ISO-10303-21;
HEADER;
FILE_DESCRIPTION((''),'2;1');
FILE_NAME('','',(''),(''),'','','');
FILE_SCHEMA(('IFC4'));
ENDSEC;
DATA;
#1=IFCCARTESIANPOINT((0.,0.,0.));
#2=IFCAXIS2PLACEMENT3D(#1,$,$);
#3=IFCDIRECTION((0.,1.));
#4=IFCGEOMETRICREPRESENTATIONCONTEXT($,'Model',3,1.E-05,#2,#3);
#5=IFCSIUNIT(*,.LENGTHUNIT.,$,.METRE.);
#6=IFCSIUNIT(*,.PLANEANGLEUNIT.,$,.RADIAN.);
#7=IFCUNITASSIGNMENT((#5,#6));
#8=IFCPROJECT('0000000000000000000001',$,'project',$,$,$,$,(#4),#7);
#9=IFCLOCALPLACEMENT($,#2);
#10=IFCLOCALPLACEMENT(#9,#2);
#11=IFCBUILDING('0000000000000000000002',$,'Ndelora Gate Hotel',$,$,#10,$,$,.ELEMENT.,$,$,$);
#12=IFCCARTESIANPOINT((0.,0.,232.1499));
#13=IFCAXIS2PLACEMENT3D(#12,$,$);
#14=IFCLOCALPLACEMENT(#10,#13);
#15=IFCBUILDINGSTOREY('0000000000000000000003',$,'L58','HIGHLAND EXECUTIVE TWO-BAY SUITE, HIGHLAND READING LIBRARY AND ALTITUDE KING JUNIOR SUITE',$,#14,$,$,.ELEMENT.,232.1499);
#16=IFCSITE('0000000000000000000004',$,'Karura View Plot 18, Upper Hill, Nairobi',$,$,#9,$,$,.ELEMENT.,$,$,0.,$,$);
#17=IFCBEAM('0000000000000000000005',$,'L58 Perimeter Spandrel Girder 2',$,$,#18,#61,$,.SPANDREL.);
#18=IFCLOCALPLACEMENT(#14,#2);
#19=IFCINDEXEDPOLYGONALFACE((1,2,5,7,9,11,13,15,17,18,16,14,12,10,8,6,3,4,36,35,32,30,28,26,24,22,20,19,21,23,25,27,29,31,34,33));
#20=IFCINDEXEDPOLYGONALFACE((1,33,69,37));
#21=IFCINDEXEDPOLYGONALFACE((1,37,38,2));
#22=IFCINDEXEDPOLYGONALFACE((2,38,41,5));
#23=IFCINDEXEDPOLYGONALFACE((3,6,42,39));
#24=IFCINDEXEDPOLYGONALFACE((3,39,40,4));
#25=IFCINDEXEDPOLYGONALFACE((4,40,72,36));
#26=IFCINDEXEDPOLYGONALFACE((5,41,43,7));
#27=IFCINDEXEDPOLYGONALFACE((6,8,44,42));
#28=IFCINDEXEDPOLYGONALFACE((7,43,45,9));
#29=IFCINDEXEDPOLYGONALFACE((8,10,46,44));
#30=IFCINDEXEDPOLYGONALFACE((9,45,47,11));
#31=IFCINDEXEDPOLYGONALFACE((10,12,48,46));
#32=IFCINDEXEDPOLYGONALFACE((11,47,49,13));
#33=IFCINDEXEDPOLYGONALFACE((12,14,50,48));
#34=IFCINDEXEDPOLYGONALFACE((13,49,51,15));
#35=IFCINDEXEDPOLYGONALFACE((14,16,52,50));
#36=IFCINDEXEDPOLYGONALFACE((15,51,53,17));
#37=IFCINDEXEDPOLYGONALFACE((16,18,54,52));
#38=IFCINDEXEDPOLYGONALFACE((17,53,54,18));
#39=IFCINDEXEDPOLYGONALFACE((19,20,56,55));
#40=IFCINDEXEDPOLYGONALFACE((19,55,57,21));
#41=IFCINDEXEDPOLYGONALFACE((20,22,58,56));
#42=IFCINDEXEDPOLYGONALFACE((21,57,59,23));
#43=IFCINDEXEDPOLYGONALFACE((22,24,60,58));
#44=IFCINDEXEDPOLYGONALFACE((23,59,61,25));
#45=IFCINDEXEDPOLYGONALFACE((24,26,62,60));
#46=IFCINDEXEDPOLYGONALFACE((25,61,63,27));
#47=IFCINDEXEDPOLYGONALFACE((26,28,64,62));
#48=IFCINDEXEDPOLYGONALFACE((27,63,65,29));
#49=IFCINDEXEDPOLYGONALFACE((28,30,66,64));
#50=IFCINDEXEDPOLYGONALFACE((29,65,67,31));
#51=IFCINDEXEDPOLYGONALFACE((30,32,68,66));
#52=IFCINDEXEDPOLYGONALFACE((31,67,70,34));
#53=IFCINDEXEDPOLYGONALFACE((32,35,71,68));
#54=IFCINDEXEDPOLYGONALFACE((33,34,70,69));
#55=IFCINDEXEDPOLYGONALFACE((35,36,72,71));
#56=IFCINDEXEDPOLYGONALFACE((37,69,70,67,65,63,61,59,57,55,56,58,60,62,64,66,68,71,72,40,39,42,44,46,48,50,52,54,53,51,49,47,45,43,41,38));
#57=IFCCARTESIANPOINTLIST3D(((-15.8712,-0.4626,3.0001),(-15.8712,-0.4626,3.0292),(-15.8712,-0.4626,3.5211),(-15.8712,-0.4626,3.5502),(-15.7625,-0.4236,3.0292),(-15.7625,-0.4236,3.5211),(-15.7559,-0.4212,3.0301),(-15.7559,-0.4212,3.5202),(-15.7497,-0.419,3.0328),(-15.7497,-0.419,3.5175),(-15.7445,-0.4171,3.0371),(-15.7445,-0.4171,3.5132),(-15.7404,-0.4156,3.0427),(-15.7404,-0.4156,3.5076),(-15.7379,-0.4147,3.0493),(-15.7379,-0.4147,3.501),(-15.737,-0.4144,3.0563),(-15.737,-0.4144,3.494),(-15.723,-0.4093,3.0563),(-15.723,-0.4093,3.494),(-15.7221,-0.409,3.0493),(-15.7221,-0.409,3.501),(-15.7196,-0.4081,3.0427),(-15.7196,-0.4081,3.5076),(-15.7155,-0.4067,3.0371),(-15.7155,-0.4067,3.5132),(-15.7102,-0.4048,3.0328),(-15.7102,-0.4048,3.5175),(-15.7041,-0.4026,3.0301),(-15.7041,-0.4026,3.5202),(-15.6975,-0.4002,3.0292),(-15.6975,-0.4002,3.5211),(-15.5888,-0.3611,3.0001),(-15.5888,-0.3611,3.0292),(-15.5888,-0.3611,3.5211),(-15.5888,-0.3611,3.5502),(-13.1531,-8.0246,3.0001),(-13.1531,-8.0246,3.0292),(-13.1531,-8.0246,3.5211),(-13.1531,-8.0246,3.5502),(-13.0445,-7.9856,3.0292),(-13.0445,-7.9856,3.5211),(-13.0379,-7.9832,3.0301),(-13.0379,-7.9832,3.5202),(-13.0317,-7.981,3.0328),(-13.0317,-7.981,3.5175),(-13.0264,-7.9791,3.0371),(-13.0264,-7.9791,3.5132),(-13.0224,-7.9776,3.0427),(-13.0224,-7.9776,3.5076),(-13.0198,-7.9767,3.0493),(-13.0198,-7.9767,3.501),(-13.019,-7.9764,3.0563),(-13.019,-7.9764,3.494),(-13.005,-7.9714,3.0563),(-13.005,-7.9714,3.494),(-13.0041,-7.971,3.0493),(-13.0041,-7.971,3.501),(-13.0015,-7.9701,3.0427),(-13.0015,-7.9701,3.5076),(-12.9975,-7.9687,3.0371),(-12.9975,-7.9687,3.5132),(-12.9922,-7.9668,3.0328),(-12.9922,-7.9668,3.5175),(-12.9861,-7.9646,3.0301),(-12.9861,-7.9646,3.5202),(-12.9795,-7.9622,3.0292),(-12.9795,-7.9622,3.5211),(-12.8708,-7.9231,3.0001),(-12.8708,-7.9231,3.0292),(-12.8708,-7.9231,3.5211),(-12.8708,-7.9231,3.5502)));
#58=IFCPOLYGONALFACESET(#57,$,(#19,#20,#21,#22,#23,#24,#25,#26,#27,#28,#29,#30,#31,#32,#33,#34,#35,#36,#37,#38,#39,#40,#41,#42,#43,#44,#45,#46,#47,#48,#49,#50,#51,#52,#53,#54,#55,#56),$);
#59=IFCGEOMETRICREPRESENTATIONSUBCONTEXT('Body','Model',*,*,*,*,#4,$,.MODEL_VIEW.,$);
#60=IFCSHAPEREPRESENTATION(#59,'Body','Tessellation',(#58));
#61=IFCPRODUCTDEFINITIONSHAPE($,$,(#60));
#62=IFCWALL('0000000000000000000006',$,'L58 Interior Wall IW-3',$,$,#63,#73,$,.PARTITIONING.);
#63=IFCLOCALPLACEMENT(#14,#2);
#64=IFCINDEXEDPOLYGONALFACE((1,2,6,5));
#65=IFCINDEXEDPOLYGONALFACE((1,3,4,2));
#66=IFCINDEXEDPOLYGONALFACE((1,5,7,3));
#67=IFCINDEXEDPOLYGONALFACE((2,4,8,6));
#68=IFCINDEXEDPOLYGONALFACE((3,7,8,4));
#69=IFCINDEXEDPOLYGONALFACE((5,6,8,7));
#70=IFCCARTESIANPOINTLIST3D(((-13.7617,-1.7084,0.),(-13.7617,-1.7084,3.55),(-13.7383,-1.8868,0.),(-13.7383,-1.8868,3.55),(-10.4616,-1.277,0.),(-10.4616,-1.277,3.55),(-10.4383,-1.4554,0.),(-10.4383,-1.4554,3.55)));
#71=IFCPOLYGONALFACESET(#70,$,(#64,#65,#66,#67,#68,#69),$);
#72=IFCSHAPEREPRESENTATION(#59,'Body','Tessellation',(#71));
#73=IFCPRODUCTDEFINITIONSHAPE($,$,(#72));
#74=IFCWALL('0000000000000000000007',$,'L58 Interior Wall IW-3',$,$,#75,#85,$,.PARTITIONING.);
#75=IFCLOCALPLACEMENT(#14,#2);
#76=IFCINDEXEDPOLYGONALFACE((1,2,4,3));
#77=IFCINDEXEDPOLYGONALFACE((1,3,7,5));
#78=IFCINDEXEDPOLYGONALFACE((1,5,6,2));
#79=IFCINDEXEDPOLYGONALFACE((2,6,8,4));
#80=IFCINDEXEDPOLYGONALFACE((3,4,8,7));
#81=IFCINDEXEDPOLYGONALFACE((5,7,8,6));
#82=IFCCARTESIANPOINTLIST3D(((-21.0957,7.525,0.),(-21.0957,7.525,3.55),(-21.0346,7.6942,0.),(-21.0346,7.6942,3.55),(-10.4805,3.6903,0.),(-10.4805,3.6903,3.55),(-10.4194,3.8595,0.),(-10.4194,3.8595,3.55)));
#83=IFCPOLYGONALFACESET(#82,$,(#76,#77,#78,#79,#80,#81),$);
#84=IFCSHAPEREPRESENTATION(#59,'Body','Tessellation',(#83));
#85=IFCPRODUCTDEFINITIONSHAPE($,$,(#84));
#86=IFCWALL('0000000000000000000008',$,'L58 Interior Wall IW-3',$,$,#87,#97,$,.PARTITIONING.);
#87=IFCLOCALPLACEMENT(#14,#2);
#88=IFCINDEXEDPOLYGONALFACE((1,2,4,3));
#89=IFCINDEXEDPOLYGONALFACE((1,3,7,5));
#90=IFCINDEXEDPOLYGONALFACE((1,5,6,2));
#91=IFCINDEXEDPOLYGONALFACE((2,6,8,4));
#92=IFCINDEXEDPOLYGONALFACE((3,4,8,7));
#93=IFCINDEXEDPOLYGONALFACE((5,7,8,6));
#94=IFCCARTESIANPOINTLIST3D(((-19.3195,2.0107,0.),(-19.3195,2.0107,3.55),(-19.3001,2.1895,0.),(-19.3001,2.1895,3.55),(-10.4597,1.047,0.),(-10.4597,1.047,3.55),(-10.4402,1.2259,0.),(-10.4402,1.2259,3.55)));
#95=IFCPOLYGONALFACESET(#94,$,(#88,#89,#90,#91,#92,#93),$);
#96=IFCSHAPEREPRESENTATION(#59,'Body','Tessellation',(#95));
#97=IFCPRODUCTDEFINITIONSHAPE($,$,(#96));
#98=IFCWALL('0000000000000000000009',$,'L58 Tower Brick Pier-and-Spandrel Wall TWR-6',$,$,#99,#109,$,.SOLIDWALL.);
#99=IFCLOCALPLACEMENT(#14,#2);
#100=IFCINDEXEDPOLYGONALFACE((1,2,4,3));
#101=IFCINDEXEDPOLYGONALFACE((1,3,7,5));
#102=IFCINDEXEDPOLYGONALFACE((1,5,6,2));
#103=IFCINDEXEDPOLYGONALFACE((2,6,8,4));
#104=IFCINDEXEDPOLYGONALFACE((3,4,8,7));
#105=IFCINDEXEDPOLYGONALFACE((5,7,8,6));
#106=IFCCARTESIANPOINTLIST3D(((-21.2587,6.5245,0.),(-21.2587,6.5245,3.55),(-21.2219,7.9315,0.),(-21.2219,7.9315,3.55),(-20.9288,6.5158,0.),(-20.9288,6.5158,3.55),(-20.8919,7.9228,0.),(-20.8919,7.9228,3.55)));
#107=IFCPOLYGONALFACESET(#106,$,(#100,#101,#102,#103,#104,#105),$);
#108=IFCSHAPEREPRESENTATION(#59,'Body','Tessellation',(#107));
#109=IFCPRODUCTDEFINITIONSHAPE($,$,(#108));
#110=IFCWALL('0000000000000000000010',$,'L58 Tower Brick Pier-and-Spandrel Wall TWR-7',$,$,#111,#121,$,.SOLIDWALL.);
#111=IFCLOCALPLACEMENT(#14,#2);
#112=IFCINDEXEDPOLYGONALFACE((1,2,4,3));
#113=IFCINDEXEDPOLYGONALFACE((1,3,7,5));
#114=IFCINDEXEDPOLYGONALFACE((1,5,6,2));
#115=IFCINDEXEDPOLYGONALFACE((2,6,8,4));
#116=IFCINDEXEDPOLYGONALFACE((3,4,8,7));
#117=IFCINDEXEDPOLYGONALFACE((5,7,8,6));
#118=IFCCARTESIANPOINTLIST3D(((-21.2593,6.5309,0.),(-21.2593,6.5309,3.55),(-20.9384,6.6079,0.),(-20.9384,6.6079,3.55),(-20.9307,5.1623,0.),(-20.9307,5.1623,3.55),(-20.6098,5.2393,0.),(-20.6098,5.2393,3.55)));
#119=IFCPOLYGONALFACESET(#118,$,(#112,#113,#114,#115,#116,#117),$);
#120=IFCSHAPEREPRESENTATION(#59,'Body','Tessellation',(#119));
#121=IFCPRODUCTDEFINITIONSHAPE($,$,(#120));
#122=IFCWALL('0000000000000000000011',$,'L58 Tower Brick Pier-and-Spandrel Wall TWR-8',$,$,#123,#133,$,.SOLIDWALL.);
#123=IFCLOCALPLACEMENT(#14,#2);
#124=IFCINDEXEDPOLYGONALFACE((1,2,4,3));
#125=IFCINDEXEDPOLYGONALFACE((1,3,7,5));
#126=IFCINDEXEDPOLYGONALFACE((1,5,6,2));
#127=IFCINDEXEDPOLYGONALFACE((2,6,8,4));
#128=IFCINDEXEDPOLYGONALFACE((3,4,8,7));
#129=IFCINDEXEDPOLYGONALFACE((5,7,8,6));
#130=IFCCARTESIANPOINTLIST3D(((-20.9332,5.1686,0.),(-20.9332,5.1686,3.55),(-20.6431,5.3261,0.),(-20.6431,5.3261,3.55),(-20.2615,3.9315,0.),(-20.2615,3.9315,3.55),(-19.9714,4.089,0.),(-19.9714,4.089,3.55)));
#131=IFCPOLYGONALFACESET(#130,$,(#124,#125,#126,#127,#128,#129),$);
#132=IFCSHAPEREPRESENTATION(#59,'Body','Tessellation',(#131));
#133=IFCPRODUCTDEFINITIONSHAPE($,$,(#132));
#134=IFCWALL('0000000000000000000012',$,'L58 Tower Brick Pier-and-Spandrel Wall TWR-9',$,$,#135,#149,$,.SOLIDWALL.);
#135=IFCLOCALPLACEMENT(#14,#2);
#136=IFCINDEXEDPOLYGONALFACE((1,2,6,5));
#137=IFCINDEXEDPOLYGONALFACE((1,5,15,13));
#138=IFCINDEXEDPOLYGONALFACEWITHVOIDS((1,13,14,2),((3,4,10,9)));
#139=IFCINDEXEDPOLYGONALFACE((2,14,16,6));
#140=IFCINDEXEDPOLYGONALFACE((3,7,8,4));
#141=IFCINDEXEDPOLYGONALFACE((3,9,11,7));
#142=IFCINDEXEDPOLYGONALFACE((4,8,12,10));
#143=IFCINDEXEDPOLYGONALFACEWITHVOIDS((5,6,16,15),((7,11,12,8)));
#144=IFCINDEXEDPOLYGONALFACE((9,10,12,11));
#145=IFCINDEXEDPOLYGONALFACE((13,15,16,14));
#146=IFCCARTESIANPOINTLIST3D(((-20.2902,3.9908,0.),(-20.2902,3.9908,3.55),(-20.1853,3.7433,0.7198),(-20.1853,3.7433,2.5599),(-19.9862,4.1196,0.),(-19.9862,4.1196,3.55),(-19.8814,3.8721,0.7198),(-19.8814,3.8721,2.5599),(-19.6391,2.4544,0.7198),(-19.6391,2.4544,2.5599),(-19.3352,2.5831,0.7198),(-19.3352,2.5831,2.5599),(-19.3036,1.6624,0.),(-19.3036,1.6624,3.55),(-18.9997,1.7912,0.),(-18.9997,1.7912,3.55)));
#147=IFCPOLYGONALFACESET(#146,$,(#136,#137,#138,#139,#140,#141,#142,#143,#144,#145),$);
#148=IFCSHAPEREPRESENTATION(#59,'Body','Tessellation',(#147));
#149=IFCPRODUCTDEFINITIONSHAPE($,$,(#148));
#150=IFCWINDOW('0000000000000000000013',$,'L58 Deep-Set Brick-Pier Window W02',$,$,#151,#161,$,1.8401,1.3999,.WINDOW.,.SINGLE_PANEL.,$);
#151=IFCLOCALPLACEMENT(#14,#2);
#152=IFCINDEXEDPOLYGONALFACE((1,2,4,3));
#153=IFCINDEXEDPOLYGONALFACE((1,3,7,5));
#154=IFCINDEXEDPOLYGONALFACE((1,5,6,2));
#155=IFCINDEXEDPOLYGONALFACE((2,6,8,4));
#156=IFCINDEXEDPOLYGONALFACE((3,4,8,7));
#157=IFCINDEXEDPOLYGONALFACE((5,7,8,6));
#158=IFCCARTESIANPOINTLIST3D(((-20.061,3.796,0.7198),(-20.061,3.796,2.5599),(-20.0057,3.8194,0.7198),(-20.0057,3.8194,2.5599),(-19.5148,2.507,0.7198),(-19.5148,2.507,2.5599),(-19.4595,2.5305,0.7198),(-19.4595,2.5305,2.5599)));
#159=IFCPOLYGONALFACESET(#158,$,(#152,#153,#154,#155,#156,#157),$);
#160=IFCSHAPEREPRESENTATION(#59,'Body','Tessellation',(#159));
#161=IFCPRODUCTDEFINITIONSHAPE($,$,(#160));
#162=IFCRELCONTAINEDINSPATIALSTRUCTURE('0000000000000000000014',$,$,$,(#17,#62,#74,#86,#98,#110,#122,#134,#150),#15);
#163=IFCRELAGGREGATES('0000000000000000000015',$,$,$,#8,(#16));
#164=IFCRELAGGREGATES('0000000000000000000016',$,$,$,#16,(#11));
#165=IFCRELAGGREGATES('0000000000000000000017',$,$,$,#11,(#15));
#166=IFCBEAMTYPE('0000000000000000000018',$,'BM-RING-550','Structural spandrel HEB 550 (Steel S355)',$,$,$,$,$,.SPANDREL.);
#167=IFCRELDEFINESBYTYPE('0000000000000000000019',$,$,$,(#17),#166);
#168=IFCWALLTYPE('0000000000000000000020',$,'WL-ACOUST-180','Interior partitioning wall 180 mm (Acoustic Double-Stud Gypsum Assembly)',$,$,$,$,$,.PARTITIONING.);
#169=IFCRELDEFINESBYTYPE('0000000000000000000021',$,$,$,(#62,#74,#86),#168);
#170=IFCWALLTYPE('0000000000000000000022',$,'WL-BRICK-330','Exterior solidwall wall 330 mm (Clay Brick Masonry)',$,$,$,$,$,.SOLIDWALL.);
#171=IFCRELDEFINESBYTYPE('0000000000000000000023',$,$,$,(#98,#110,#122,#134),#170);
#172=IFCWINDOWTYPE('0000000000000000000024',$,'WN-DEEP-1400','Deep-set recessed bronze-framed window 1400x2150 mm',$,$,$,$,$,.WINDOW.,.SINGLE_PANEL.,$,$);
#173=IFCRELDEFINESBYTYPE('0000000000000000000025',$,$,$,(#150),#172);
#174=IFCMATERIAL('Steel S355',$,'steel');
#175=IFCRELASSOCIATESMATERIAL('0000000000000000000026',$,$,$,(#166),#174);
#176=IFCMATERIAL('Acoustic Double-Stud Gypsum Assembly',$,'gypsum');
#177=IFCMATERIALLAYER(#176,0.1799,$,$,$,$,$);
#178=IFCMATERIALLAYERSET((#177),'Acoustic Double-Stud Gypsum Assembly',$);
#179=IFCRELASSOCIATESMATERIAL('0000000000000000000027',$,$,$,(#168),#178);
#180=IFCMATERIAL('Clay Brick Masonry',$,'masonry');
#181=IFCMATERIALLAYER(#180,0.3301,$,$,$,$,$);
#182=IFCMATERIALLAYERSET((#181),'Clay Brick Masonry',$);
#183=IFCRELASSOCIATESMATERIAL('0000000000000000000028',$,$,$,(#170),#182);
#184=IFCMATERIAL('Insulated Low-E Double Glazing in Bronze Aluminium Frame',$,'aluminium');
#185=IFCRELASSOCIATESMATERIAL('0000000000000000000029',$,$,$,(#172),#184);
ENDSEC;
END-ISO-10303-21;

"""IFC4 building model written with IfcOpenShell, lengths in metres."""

from ifc_helpers import new_model, si_unit, direction, frame, frame_2d, origin, origin_2d, place, context, subcontext, project, spatial, rectangle, i_section, extrude, material, layer, layer_set, material_profile, profile_set, type_object, element, fill, save


model = new_model("IFC4")

# Units and contexts
model_context = context("Model", 3, precision=1e-05, world=origin(), true_north=direction((0.0, 1.0)))
body_context = subcontext(model_context, "Body", "Model", "MODEL_VIEW")
ifc_project = project(units=[si_unit("LENGTHUNIT", "METRE"), si_unit("PLANEANGLEUNIT", "RADIAN")], contexts=[model_context])

# Site, building, storey
site_placement = place(None, origin())
site = spatial("IfcSite", under=ifc_project, at=site_placement, Name="Karura View Plot 18, Upper Hill, Nairobi", CompositionType="ELEMENT", RefElevation=0.0)
building_placement = place(site_placement, origin())
building = spatial("IfcBuilding", under=site, at=building_placement, Name="Ndelora Gate Hotel", CompositionType="ELEMENT")
storey_placement = place(building_placement, frame((0.0, 0.0, 232.1499)))
storey = spatial("IfcBuildingStorey", under=building, at=storey_placement, Name="L58", Description="HIGHLAND EXECUTIVE TWO-BAY SUITE, HIGHLAND READING LIBRARY AND ALTITUDE KING JUNIOR SUITE", CompositionType="ELEMENT", Elevation=232.1499)

# Beam
ifc_material_1 = material(Name="Steel S355", Category="steel")
ifc_material_profile_1 = material_profile(ifc_material_1, i_section(OverallWidth=0.3, OverallDepth=0.55, WebThickness=0.0149, FlangeThickness=0.0291, FilletRadius=0.0271, at=origin_2d()), Name="HEB 550")
ifc_profile_set_1 = profile_set([ifc_material_profile_1], Name="Steel S355")
beam_type_1 = type_object("IfcBeamType", Name="BM-RING-550", Description="Structural spandrel HEB 550 (Steel S355)", PredefinedType="SPANDREL", material=ifc_profile_set_1)
beam_1_placement = place(storey_placement, frame((-15.73, -0.4119, 3.2751), z_axis=(0.338245, -0.941058, 0.0), x_axis=(0.941058, 0.338245, 0.0)))
element("IfcBeam", 1, at=beam_1_placement, inside=storey, type_object=beam_type_1, Name="L58 Perimeter Spandrel Girder 2", PredefinedType="SPANDREL", context=body_context, shape_type="SweptSolid", body=[
    extrude(i_section(OverallWidth=0.3, OverallDepth=0.55, WebThickness=0.0149, FlangeThickness=0.0291, FilletRadius=0.0271, at=origin_2d()), origin(), (0.0, 0.0, 1.0), 8.0356),
])

# Walls
ifc_material_2 = material(Name="Acoustic Double-Stud Gypsum Assembly", Category="gypsum")
ifc_layer_1 = layer(ifc_material_2, 0.1799)
ifc_layer_set_1 = layer_set([ifc_layer_1], Name="Acoustic Double-Stud Gypsum Assembly")
wall_type_1 = type_object("IfcWallType", Name="WL-ACOUST-180", Description="Interior partitioning wall 180 mm (Acoustic Double-Stud Gypsum Assembly)", PredefinedType="PARTITIONING", material=ifc_layer_set_1)
wall_1_placement = place(storey_placement, frame((-10.45, -1.3662, 0.0), z_axis=(0.0, 0.0, 1.0), x_axis=(-0.991564, -0.129621, 0.0)))
element("IfcWall", 2, at=wall_1_placement, inside=storey, type_object=wall_type_1, Name="L58 Interior Wall IW-3", PredefinedType="PARTITIONING", context=body_context, shape_type="SweptSolid", body=[
    extrude(rectangle(XDim=3.3281, YDim=0.1799, at=frame_2d((1.6641, 0.0))), origin(), (0.0, 0.0, 1.0), 3.55),
])
wall_2_placement = place(storey_placement, frame((-10.45, 3.7749, 0.0), z_axis=(0.0, 0.0, 1.0), x_axis=(-0.940513, 0.339757, 0.0)))
element("IfcWall", 3, at=wall_2_placement, inside=storey, type_object=wall_type_1, Name="L58 Interior Wall IW-3", PredefinedType="PARTITIONING", context=body_context, shape_type="SweptSolid", body=[
    extrude(rectangle(XDim=11.2866, YDim=0.1799, at=frame_2d((5.6433, 0.0))), origin(), (0.0, 0.0, 1.0), 3.55),
])
wall_3_placement = place(storey_placement, frame((-10.45, 1.1365, 0.0), z_axis=(0.0, 0.0, 1.0), x_axis=(-0.994137, 0.108125, 0.0)))
element("IfcWall", 4, at=wall_3_placement, inside=storey, type_object=wall_type_1, Name="L58 Interior Wall IW-3", PredefinedType="PARTITIONING", context=body_context, shape_type="SweptSolid", body=[
    extrude(rectangle(XDim=8.9121, YDim=0.1799, at=frame_2d((4.4561, 0.0))), origin(), (0.0, 0.0, 1.0), 3.55),
])
ifc_material_3 = material(Name="Clay Brick Masonry", Category="masonry")
ifc_layer_2 = layer(ifc_material_3, 0.3301)
ifc_layer_set_2 = layer_set([ifc_layer_2], Name="Clay Brick Masonry")
wall_type_2 = type_object("IfcWallType", Name="WL-BRICK-330", Description="Exterior solidwall wall 330 mm (Clay Brick Masonry)", PredefinedType="SOLIDWALL", material=ifc_layer_set_2)
for number, where, z_axis, x_axis, name in (
    (5, (-21.0938, 6.5203, 0.0), (0.0, 0.0, 1.0), (0.026193, 0.999657, 0.0), "L58 Tower Brick Pier-and-Spandrel Wall TWR-6"),
    (6, (-20.7703, 5.2009, 0.0), (0.0, 0.0, 1.0), (-0.233465, 0.972365, 0.0), "L58 Tower Brick Pier-and-Spandrel Wall TWR-7"),
):
    element("IfcWall", number, at=place(storey_placement, frame(where, z_axis=z_axis, x_axis=x_axis)), inside=storey, type_object=wall_type_2, Name=name, PredefinedType="SOLIDWALL", context=body_context, shape_type="SweptSolid", body=[
        extrude(rectangle(XDim=1.4075, YDim=0.3301, at=frame_2d((0.7036, 0.0))), origin(), (0.0, 0.0, 1.0), 3.55),
    ])
wall_4_placement = place(storey_placement, frame((-20.1165, 4.0103, 0.0), z_axis=(0.0, 0.0, 1.0), x_axis=(-0.477138, 0.878828, 0.0)))
element("IfcWall", 7, at=wall_4_placement, inside=storey, type_object=wall_type_2, Name="L58 Tower Brick Pier-and-Spandrel Wall TWR-8", PredefinedType="SOLIDWALL", context=body_context, shape_type="SweptSolid", body=[
    extrude(rectangle(XDim=1.4077, YDim=0.3301, at=frame_2d((0.7039, 0.0))), origin(), (0.0, 0.0, 1.0), 3.55),
])

# Wall, opening, window
wall_5_placement = place(storey_placement, frame((-19.1516, 1.7268, 0.0), z_axis=(0.0, 0.0, 1.0), x_axis=(-0.390141, 0.920755, 0.0)))
wall_5 = element("IfcWall", 8, at=wall_5_placement, inside=storey, type_object=wall_type_2, Name="L58 Tower Brick Pier-and-Spandrel Wall TWR-9", PredefinedType="SOLIDWALL", context=body_context, shape_type="SweptSolid", body=[
    extrude(rectangle(XDim=2.5288, YDim=0.3301, at=frame_2d((1.2644, 0.0))), origin(), (0.0, 0.0, 1.0), 3.55),
])
opening_1_placement = place(wall_5_placement, frame((0.8601, 0.0, 0.72)))
opening_1 = element("IfcOpeningElement", 9, at=opening_1_placement, cuts=wall_5, PredefinedType="OPENING", context=body_context, shape_type="SweptSolid", body=[
    extrude(rectangle(XDim=1.3999, YDim=1.8401, at=frame_2d((0.7, 0.9199))), frame((0.0, 0.175, 0.0), z_axis=(0.0, -1.0, 0.0), x_axis=(1.0, 0.0, 0.0)), (0.0, 0.0, 1.0), 0.3501),
])
ifc_material_4 = material(Name="Insulated Low-E Double Glazing in Bronze Aluminium Frame", Category="aluminium")
window_type = type_object("IfcWindowType", Name="WN-DEEP-1400", Description="Deep-set recessed bronze-framed window 1400x2150 mm", PartitioningType="SINGLE_PANEL", PredefinedType="WINDOW", material=ifc_material_4)
window_1_placement = place(opening_1_placement, origin())
window_1 = element("IfcWindow", 10, at=window_1_placement, inside=storey, type_object=window_type, Name="L58 Deep-Set Brick-Pier Window W02", OverallHeight=1.8401, OverallWidth=1.3999, PartitioningType="SINGLE_PANEL", PredefinedType="WINDOW", context=body_context, shape_type="SweptSolid", body=[
    extrude(rectangle(XDim=1.3999, YDim=1.8401, at=frame_2d((0.7, 0.9199))), frame((0.0, 0.03, 0.0), z_axis=(0.0, -1.0, 0.0), x_axis=(1.0, 0.0, 0.0)), (0.0, 0.0, 1.0), 0.0601),
])
fill(opening_1, window_1)

save(model, "model.ifc")
